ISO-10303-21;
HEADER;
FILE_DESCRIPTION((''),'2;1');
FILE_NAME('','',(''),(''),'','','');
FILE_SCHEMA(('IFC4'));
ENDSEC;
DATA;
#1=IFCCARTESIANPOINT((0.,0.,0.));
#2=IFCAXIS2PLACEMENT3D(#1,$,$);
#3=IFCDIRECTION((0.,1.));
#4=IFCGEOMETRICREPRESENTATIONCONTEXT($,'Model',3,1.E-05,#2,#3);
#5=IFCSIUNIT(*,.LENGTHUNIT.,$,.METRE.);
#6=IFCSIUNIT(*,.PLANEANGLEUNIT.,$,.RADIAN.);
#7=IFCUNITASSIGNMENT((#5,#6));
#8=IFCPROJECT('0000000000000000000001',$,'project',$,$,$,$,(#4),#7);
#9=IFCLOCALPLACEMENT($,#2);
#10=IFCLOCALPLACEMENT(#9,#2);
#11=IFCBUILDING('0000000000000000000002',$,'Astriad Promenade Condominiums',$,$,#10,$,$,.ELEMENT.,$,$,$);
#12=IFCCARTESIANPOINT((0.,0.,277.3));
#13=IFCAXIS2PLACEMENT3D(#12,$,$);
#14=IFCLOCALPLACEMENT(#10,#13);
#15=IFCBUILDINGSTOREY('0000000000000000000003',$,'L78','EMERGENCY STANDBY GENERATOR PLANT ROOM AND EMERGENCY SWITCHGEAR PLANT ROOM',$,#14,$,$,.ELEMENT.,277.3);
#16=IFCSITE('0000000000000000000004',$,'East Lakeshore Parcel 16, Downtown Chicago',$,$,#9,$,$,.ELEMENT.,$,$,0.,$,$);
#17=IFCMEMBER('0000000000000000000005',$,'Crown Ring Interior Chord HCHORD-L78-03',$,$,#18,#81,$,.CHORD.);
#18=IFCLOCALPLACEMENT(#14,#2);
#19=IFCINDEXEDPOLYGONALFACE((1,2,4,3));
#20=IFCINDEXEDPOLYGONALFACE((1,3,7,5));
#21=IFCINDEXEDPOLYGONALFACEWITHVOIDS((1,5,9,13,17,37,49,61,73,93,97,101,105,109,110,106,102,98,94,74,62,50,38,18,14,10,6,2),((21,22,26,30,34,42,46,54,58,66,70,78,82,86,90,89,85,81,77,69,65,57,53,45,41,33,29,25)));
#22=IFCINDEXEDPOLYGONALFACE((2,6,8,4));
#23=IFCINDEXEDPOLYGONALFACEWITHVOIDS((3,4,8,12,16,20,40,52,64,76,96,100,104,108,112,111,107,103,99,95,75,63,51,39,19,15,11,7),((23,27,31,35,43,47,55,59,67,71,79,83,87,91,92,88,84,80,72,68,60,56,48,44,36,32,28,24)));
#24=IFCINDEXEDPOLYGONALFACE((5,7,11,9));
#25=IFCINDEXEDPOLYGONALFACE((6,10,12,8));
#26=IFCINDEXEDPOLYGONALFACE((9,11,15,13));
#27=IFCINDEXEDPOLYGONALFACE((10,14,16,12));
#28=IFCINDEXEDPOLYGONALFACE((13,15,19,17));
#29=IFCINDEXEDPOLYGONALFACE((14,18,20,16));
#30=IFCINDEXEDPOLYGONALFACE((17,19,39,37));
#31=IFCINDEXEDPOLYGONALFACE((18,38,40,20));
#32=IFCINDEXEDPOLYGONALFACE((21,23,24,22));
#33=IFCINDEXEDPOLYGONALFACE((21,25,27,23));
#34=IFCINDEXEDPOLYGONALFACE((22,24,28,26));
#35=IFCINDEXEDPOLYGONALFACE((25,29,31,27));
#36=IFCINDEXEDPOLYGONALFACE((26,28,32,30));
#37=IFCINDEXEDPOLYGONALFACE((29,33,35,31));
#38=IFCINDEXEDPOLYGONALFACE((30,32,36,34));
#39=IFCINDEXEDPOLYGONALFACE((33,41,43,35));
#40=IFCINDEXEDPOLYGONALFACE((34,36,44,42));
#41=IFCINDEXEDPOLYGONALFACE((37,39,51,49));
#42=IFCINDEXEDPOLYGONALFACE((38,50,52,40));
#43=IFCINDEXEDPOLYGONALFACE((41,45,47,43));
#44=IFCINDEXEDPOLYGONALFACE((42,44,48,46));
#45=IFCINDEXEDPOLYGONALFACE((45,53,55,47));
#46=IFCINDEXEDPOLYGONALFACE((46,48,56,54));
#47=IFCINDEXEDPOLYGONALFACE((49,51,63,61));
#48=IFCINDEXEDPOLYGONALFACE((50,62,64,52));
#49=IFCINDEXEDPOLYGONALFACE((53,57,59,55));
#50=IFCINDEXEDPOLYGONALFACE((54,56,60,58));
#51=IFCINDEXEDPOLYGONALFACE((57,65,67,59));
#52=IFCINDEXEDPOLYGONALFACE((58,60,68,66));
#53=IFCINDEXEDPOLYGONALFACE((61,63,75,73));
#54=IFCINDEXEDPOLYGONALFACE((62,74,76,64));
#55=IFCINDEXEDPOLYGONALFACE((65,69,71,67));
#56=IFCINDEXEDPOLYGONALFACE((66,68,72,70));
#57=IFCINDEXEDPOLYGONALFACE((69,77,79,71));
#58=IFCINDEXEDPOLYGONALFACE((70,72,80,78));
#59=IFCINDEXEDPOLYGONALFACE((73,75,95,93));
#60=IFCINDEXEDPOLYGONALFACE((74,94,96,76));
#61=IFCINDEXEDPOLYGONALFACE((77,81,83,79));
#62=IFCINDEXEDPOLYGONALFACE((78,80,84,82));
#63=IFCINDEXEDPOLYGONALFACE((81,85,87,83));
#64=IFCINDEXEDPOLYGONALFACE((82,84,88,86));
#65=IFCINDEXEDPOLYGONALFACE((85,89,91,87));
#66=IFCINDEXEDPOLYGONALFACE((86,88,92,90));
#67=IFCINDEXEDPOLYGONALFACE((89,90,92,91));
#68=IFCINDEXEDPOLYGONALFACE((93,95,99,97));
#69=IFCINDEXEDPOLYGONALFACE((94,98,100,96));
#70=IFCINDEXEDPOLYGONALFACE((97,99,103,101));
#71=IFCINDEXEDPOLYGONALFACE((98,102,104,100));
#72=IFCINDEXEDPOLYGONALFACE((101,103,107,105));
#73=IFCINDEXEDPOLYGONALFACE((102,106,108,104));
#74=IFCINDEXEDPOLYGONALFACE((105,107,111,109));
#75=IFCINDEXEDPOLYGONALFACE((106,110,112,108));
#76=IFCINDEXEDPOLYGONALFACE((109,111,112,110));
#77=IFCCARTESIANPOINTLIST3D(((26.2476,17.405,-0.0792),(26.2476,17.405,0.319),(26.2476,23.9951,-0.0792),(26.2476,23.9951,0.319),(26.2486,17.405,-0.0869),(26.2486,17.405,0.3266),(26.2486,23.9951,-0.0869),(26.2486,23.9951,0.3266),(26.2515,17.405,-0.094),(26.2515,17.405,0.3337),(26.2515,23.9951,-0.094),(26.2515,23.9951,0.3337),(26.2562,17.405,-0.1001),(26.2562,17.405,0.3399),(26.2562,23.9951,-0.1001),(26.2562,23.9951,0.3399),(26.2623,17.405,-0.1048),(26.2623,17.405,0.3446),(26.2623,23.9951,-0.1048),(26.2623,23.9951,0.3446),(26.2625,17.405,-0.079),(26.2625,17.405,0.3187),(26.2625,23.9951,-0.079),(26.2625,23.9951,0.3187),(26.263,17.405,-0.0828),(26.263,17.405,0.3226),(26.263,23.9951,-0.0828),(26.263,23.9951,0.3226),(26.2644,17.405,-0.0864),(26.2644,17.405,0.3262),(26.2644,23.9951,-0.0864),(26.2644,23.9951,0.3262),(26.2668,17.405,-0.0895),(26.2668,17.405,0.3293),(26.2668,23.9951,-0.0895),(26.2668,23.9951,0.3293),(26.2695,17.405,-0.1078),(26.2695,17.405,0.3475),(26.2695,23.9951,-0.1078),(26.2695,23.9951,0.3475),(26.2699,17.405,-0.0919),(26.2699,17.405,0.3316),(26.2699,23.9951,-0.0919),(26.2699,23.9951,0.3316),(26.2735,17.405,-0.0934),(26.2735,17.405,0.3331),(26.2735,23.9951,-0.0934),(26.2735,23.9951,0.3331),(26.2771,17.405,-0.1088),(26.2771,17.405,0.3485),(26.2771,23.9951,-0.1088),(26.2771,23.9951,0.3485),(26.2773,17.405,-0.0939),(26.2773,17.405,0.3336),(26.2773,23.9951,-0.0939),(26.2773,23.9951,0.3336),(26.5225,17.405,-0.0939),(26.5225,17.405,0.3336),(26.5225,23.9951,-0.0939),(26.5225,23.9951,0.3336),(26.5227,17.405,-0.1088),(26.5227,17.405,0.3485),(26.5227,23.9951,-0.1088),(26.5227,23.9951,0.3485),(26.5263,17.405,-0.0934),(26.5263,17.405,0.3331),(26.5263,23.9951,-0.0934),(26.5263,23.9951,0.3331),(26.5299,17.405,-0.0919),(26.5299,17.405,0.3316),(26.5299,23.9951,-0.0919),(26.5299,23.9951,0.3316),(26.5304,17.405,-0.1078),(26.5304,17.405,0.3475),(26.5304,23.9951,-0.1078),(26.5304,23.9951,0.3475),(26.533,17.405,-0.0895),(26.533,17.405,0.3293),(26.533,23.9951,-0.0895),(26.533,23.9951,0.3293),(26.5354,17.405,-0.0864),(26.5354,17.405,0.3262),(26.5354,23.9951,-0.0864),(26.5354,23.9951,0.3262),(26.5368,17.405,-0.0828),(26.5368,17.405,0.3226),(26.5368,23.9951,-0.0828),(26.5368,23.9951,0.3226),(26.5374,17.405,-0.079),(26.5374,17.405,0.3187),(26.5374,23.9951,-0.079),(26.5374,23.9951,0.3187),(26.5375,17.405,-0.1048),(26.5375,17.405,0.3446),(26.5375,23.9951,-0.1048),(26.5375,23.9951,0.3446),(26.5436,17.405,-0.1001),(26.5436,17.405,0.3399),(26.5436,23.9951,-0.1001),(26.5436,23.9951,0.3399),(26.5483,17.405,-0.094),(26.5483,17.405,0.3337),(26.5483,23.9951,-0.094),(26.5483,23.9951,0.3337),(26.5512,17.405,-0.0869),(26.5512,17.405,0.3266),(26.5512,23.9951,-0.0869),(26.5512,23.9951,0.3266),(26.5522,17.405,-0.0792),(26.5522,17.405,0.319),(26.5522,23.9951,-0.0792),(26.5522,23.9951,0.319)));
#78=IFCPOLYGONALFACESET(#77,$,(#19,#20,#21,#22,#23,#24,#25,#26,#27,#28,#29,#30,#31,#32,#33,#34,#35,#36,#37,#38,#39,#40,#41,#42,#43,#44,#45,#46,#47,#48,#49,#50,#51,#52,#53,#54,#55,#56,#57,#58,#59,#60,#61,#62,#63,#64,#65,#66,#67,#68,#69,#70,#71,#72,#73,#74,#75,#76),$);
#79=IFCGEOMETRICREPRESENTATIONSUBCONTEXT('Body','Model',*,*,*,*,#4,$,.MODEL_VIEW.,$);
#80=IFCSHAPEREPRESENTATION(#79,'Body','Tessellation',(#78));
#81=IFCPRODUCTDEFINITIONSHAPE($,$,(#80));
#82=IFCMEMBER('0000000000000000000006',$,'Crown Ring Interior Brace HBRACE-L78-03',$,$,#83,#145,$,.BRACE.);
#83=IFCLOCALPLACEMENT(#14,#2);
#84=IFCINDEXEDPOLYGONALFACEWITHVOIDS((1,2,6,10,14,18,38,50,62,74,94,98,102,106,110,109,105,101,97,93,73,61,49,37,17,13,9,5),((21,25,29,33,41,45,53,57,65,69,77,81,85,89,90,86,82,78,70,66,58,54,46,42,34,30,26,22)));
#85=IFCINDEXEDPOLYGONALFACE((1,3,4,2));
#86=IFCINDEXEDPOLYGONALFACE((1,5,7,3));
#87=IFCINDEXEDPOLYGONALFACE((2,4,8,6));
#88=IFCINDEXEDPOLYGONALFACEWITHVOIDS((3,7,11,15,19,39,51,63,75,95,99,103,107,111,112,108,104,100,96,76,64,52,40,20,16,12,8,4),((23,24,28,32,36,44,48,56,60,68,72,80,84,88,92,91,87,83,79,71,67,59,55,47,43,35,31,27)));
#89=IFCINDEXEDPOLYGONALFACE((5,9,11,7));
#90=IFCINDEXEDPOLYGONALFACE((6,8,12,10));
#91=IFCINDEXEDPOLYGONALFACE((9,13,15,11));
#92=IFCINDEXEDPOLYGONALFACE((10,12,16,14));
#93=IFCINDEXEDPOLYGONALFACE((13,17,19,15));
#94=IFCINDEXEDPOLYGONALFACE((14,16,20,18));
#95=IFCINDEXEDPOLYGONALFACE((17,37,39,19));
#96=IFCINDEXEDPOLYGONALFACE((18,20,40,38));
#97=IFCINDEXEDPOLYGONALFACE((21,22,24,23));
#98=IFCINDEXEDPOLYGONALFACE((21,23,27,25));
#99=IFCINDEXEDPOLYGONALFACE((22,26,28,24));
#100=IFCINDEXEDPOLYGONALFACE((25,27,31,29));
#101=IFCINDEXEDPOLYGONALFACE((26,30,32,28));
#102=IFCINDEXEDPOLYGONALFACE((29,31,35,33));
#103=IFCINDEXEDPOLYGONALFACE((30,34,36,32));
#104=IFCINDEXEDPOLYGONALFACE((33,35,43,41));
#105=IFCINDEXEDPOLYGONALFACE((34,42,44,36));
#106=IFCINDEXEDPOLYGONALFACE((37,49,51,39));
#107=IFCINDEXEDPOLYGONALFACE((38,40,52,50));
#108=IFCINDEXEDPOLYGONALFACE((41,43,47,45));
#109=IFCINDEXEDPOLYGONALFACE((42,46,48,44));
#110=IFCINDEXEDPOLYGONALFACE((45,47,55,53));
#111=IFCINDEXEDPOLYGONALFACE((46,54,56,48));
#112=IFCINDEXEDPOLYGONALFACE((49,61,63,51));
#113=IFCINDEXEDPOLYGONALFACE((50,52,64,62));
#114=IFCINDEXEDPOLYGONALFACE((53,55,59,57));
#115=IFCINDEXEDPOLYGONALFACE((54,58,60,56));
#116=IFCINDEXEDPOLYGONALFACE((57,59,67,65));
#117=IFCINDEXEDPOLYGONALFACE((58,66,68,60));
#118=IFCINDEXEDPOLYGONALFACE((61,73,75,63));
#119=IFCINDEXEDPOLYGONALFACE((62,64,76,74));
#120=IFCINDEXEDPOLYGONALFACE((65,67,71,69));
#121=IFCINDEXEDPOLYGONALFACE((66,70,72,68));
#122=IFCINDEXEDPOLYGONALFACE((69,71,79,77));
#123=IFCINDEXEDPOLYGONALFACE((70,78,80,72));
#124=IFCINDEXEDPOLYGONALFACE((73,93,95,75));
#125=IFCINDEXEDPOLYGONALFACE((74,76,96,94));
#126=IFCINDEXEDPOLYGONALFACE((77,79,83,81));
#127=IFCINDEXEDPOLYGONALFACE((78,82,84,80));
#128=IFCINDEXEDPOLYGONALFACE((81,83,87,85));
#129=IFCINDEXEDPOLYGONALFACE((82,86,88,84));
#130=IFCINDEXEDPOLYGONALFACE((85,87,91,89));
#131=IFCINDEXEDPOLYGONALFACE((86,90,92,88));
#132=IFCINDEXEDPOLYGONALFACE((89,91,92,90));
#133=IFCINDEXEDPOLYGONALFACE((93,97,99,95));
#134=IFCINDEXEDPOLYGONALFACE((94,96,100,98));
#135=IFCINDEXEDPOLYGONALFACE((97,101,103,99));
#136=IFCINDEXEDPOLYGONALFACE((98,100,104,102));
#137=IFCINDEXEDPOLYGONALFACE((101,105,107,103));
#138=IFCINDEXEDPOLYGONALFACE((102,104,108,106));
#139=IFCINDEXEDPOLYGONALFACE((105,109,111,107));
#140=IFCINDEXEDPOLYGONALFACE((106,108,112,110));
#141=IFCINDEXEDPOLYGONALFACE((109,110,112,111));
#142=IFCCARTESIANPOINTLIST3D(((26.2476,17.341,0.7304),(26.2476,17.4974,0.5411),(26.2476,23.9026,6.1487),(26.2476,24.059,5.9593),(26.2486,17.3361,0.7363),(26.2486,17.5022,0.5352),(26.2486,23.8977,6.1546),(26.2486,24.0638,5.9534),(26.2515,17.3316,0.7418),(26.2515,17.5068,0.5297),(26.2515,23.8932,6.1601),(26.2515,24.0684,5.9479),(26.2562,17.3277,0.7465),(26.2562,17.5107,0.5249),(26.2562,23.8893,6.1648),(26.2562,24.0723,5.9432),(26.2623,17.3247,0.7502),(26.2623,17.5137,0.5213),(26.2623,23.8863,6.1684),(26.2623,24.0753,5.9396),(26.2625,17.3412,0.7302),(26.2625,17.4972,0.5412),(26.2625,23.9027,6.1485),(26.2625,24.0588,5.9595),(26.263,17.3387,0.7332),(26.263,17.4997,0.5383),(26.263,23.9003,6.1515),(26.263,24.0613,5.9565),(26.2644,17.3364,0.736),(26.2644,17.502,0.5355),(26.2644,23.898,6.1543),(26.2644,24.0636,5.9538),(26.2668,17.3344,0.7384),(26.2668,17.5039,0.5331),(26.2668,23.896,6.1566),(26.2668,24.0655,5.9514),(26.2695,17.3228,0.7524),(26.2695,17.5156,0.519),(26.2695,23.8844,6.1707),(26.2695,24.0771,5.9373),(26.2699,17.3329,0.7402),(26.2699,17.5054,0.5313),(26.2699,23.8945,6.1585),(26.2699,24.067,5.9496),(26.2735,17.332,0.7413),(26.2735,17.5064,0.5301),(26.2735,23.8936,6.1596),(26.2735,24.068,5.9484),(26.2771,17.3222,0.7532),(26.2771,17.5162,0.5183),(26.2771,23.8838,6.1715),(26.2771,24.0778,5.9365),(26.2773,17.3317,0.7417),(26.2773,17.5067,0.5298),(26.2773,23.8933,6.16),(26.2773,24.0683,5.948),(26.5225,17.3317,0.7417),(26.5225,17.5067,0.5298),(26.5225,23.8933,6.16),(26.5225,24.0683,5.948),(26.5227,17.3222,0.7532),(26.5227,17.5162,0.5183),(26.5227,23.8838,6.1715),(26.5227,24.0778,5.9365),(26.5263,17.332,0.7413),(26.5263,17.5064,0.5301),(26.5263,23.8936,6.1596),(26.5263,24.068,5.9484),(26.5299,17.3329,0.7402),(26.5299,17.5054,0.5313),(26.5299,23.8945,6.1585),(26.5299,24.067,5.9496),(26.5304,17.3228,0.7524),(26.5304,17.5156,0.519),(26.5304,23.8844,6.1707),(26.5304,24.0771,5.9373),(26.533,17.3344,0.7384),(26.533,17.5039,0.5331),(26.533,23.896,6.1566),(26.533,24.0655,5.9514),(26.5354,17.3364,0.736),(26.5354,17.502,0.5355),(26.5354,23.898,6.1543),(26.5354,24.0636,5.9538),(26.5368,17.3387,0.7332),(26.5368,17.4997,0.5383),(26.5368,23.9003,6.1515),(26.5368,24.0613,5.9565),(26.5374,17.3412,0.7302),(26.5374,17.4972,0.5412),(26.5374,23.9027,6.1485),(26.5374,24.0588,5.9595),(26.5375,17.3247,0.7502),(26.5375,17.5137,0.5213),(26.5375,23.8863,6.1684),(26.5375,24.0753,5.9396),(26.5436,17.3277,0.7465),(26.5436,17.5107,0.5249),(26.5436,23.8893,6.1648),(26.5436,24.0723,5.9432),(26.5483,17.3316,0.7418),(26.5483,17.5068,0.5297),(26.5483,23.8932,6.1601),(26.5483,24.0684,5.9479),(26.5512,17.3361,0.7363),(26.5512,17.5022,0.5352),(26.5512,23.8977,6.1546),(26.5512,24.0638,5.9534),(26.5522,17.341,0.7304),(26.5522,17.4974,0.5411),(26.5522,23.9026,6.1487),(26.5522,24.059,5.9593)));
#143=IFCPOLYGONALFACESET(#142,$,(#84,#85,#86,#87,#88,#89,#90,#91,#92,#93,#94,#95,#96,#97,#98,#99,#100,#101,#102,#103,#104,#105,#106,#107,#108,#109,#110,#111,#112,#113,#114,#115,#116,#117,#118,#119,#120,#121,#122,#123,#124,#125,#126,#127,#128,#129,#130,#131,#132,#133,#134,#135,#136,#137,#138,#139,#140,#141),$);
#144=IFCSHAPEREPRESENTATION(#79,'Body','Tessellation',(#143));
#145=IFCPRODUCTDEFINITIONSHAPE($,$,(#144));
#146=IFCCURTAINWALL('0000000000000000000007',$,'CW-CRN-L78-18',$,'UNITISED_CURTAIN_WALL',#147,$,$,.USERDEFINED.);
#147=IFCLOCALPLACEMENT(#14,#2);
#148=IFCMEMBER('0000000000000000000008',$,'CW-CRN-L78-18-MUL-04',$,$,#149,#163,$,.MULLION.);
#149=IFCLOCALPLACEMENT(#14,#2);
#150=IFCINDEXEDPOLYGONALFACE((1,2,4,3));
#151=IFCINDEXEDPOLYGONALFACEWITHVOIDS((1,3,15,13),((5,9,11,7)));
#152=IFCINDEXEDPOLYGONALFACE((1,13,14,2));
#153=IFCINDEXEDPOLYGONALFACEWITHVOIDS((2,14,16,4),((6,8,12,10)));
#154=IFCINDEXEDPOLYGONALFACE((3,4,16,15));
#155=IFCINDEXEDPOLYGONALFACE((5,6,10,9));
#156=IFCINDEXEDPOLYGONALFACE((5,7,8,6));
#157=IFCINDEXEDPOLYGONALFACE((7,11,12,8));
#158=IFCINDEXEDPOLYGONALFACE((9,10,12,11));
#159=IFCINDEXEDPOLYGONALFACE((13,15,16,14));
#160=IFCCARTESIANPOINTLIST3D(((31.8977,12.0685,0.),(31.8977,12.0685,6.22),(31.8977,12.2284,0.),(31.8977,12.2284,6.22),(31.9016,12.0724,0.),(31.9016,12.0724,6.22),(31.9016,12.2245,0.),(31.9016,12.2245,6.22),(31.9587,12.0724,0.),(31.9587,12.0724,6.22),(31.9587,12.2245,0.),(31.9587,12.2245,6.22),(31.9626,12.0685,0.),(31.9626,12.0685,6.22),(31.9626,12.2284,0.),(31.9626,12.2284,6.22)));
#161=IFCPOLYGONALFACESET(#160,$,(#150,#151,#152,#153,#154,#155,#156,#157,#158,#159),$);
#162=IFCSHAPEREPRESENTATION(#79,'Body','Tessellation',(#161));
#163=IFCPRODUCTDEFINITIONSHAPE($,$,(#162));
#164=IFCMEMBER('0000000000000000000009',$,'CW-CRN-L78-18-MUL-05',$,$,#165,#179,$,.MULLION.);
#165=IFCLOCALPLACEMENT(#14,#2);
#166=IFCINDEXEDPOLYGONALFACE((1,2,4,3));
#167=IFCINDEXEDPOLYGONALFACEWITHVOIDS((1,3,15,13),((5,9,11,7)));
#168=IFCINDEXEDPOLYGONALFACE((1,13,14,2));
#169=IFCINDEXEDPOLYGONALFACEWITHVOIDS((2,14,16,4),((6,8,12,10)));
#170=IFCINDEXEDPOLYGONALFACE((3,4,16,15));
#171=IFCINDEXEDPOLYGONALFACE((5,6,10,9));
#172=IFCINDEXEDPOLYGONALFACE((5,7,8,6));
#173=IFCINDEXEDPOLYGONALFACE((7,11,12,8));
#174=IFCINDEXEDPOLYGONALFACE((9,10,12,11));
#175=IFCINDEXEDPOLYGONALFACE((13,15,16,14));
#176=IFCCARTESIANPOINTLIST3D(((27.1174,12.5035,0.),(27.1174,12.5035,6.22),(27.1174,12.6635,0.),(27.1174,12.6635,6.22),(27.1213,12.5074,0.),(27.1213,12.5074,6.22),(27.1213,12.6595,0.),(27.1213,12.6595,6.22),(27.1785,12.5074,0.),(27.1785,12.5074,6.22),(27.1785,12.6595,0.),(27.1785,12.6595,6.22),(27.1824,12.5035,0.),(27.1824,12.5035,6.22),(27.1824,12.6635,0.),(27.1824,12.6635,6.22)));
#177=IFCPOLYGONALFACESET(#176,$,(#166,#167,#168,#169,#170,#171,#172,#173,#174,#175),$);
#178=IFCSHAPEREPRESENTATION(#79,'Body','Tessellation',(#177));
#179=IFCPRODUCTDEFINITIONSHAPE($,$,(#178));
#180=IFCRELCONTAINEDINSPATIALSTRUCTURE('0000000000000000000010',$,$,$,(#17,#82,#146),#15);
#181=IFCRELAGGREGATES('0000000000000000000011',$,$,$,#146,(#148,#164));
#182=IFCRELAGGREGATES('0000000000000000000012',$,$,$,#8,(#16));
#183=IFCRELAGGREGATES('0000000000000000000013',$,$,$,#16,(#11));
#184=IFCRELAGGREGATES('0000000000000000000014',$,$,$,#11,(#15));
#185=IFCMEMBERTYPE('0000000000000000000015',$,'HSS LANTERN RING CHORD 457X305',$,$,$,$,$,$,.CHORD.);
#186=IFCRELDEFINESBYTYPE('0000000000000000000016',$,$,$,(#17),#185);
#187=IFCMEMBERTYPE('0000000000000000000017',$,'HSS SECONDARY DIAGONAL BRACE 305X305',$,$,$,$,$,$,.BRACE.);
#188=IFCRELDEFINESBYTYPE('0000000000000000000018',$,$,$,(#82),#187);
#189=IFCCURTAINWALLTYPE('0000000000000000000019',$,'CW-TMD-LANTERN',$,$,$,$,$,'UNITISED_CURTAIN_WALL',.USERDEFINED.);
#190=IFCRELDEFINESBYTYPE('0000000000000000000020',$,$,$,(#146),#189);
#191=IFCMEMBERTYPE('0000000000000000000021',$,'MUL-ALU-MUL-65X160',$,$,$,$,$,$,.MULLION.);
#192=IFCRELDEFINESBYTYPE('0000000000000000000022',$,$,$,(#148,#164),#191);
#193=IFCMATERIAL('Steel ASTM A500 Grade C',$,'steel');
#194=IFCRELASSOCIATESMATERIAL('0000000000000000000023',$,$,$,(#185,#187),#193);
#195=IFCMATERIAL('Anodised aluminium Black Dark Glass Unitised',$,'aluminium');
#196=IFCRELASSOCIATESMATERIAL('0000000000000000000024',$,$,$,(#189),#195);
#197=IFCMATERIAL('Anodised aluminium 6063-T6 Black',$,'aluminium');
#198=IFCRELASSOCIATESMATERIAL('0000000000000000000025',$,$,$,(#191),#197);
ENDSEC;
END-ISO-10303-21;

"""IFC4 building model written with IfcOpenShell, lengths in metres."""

from ifc_helpers import new_model, si_unit, direction, frame, origin, origin_2d, place, context, subcontext, project, spatial, hollow_rectangle, extrude, source, transform, mapped, material, material_profile, profile_set, type_object, type_shapes, element, aggregate, save


model = new_model("IFC4")

# Units and contexts
model_context = context("Model", 3, precision=1e-05, world=origin(), true_north=direction((0.0, 1.0)))
body_context = subcontext(model_context, "Body", "Model", "MODEL_VIEW")
ifc_project = project(units=[si_unit("LENGTHUNIT", "METRE"), si_unit("PLANEANGLEUNIT", "RADIAN")], contexts=[model_context])

# Site, building, storey
site_placement = place(None, origin())
site = spatial("IfcSite", under=ifc_project, at=site_placement, Name="East Lakeshore Parcel 16, Downtown Chicago", CompositionType="ELEMENT", RefElevation=0.0)
building_placement = place(site_placement, origin())
building = spatial("IfcBuilding", under=site, at=building_placement, Name="Astriad Promenade Condominiums", CompositionType="ELEMENT")
storey_placement = place(building_placement, frame((0.0, 0.0, 277.3)))
storey = spatial("IfcBuildingStorey", under=building, at=storey_placement, Name="L78", Description="EMERGENCY STANDBY GENERATOR PLANT ROOM AND EMERGENCY SWITCHGEAR PLANT ROOM", CompositionType="ELEMENT", Elevation=277.3)

# Members
ifc_material_1 = material(Name="Steel ASTM A500 Grade C", Category="steel")
ifc_material_profile_1 = material_profile(ifc_material_1, hollow_rectangle(XDim=0.3047, YDim=0.4573, WallThickness=0.0149, InnerFilletRadius=0.0149, OuterFilletRadius=0.0295, at=origin_2d()), Name="HSS457X305X15.9")
ifc_profile_set_1 = profile_set([ifc_material_profile_1], Name="Steel ASTM A500 Grade C")
member_type_1 = type_object("IfcMemberType", Name="HSS LANTERN RING CHORD 457X305", PredefinedType="CHORD", material=ifc_profile_set_1)
shared_shape_1 = source(origin(), body_context, "Body", "SweptSolid", [
    extrude(hollow_rectangle(XDim=0.3047, YDim=0.4573, WallThickness=0.0149, InnerFilletRadius=0.0149, OuterFilletRadius=0.0295, at=origin_2d()), origin(), (0.0, 0.0, 1.0), 6.5901),
])
type_shapes(member_type_1, [shared_shape_1])
member_1_placement = place(storey_placement, frame((26.3999, 17.405, 0.1199), z_axis=(0.0, 1.0, 0.0), x_axis=(-1.0, 0.0, 0.0)))
element("IfcMember", 1, at=member_1_placement, inside=storey, type_object=member_type_1, Name="Crown Ring Interior Chord HCHORD-L78-03", PredefinedType="CHORD", context=body_context, shape_type="MappedRepresentation", body=[
    mapped(shared_shape_1, transform((0.0, 0.0, 0.0), scale=1.0)),
])
ifc_material_profile_2 = material_profile(ifc_material_1, hollow_rectangle(XDim=0.3047, YDim=0.3047, WallThickness=0.0149, InnerFilletRadius=0.0149, OuterFilletRadius=0.0295, at=origin_2d()), Name="HSS305X305X15.9")
ifc_profile_set_2 = profile_set([ifc_material_profile_2], Name="Steel ASTM A500 Grade C")
member_type_2 = type_object("IfcMemberType", Name="HSS SECONDARY DIAGONAL BRACE 305X305", PredefinedType="BRACE", material=ifc_profile_set_2)
shared_shape_2 = source(origin(), body_context, "Body", "SweptSolid", [
    extrude(hollow_rectangle(XDim=0.3047, YDim=0.3047, WallThickness=0.0149, InnerFilletRadius=0.0149, OuterFilletRadius=0.0295, at=origin_2d()), origin(), (0.0, 0.0, 1.0), 8.5095),
])
type_shapes(member_type_2, [shared_shape_2])
member_2_placement = place(storey_placement, frame((26.3999, 17.4192, 0.6357), z_axis=(0.0, 0.771087, 0.636729), x_axis=(-1.0, 0.0, 0.0)))
element("IfcMember", 2, at=member_2_placement, inside=storey, type_object=member_type_2, Name="Crown Ring Interior Brace HBRACE-L78-03", PredefinedType="BRACE", context=body_context, shape_type="MappedRepresentation", body=[
    mapped(shared_shape_2, transform((0.0, 0.0, 0.0), scale=1.0)),
])

# Curtain wall, members
ifc_material_2 = material(Name="Anodised aluminium Black Dark Glass Unitised", Category="aluminium")
curtain_wall_type = type_object("IfcCurtainWallType", Name="CW-TMD-LANTERN", ElementType="UNITISED_CURTAIN_WALL", PredefinedType="USERDEFINED", material=ifc_material_2)
curtain_wall_placement = place(storey_placement, origin())
curtain_wall = element("IfcCurtainWall", 3, at=curtain_wall_placement, inside=storey, type_object=curtain_wall_type, Name="CW-CRN-L78-18", ObjectType="UNITISED_CURTAIN_WALL", PredefinedType="USERDEFINED")
ifc_material_3 = material(Name="Anodised aluminium 6063-T6 Black", Category="aluminium")
ifc_material_profile_3 = material_profile(ifc_material_3, hollow_rectangle(XDim=0.0649, YDim=0.1599, WallThickness=0.0039, at=origin_2d()), Name="ALU-MUL-65X160")
ifc_profile_set_3 = profile_set([ifc_material_profile_3], Name="Anodised aluminium 6063-T6 Black")
member_type_3 = type_object("IfcMemberType", Name="MUL-ALU-MUL-65X160", PredefinedType="MULLION", material=ifc_profile_set_3)
shared_shape_3 = source(origin(), body_context, "Body", "SweptSolid", [
    extrude(hollow_rectangle(XDim=0.0649, YDim=0.1599, WallThickness=0.0039, at=origin_2d()), origin(), (0.0, 0.0, 1.0), 6.22),
])
type_shapes(member_type_3, [shared_shape_3])
member_3_placement = place(storey_placement, frame((31.9302, 12.1484, 0.0), z_axis=(0.0, 0.0, 1.0), x_axis=(1.0, 0.0, 0.0)))
member_3 = element("IfcMember", 4, at=member_3_placement, type_object=member_type_3, Name="CW-CRN-L78-18-MUL-04", PredefinedType="MULLION", context=body_context, shape_type="MappedRepresentation", body=[
    mapped(shared_shape_3, transform((0.0, 0.0, 0.0), scale=1.0)),
])
member_4_placement = place(storey_placement, frame((27.1499, 12.5835, 0.0), z_axis=(0.0, 0.0, 1.0), x_axis=(1.0, 0.0, 0.0)))
member_4 = element("IfcMember", 5, at=member_4_placement, type_object=member_type_3, Name="CW-CRN-L78-18-MUL-05", PredefinedType="MULLION", context=body_context, shape_type="MappedRepresentation", body=[
    mapped(shared_shape_3, transform((0.0, 0.0, 0.0), scale=1.0)),
])

aggregate(curtain_wall, [member_3, member_4])

save(model, "model.ifc")
